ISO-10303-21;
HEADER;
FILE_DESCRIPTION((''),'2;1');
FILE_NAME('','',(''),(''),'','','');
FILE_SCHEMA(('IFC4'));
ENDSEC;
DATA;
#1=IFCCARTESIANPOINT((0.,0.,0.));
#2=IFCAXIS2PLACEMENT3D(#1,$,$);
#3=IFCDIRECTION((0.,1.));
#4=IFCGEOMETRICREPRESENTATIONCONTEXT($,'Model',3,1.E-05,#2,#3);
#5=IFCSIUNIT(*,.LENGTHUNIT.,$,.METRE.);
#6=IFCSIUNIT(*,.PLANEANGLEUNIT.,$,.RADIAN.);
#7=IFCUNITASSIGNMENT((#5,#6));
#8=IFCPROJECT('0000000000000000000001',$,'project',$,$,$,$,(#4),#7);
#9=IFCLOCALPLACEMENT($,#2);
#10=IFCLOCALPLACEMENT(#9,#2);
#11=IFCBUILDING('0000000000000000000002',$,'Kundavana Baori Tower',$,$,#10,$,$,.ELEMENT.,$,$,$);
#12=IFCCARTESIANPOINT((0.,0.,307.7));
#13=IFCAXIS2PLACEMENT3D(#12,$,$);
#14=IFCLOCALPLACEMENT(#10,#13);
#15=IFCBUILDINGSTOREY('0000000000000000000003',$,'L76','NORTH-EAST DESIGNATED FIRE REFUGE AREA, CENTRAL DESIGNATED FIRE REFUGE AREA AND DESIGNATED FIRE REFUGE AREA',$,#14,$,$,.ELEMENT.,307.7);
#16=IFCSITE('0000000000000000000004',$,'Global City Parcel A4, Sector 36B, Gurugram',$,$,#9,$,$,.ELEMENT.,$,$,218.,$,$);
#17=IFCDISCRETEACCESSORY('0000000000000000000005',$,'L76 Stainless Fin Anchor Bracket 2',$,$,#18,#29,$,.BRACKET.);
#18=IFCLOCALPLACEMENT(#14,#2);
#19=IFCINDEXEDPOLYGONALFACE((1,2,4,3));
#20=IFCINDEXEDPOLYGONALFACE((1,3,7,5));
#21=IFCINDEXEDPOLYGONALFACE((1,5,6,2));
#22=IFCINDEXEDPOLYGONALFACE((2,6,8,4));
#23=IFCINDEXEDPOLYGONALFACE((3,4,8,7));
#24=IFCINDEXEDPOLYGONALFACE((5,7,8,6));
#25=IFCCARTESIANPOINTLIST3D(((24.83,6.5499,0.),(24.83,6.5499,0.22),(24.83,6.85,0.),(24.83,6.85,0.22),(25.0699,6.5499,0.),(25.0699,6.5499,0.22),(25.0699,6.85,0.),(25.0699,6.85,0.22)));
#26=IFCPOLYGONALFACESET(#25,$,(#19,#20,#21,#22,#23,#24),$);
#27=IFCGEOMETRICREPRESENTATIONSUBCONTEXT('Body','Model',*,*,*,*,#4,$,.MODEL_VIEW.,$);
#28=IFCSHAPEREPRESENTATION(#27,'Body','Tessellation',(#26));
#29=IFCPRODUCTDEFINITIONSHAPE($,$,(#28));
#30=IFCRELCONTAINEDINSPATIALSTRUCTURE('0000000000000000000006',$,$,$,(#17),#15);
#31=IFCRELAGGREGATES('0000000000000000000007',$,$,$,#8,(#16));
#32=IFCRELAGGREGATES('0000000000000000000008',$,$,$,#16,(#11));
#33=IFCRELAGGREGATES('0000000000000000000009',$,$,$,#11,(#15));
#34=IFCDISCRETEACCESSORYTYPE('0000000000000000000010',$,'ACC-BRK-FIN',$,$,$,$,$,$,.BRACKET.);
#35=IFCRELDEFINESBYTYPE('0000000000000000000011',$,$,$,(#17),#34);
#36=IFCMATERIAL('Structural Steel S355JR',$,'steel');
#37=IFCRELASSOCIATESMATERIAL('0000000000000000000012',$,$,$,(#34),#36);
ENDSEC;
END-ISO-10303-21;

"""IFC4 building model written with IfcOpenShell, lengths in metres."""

from ifc_helpers import new_model, si_unit, direction, frame, origin, origin_2d, place, context, subcontext, project, spatial, rectangle, extrude, material, type_object, element, save


model = new_model("IFC4")

# Units and contexts
model_context = context("Model", 3, precision=1e-05, world=origin(), true_north=direction((0.0, 1.0)))
body_context = subcontext(model_context, "Body", "Model", "MODEL_VIEW")
ifc_project = project(units=[si_unit("LENGTHUNIT", "METRE"), si_unit("PLANEANGLEUNIT", "RADIAN")], contexts=[model_context])

# Site, building, storey
site_placement = place(None, origin())
site = spatial("IfcSite", under=ifc_project, at=site_placement, Name="Global City Parcel A4, Sector 36B, Gurugram", CompositionType="ELEMENT", RefElevation=218.0)
building_placement = place(site_placement, origin())
building = spatial("IfcBuilding", under=site, at=building_placement, Name="Kundavana Baori Tower", CompositionType="ELEMENT")
storey_placement = place(building_placement, frame((0.0, 0.0, 307.7)))
storey = spatial("IfcBuildingStorey", under=building, at=storey_placement, Name="L76", Description="NORTH-EAST DESIGNATED FIRE REFUGE AREA, CENTRAL DESIGNATED FIRE REFUGE AREA AND DESIGNATED FIRE REFUGE AREA", CompositionType="ELEMENT", Elevation=307.7)

# Discrete accessory
ifc_material_1 = material(Name="Structural Steel S355JR", Category="steel")
discrete_accessory_type = type_object("IfcDiscreteAccessoryType", Name="ACC-BRK-FIN", PredefinedType="BRACKET", material=ifc_material_1)
discrete_accessory_placement = place(storey_placement, frame((24.95, 6.7, 0.0), z_axis=(0.0, 0.0, 1.0), x_axis=(1.0, 0.0, 0.0)))
element("IfcDiscreteAccessory", 1, at=discrete_accessory_placement, inside=storey, type_object=discrete_accessory_type, Name="L76 Stainless Fin Anchor Bracket 2", PredefinedType="BRACKET", context=body_context, shape_type="SweptSolid", body=[
    extrude(rectangle(XDim=0.24, YDim=0.3, at=origin_2d()), origin(), (0.0, 0.0, 1.0), 0.22),
])

save(model, "model.ifc")
